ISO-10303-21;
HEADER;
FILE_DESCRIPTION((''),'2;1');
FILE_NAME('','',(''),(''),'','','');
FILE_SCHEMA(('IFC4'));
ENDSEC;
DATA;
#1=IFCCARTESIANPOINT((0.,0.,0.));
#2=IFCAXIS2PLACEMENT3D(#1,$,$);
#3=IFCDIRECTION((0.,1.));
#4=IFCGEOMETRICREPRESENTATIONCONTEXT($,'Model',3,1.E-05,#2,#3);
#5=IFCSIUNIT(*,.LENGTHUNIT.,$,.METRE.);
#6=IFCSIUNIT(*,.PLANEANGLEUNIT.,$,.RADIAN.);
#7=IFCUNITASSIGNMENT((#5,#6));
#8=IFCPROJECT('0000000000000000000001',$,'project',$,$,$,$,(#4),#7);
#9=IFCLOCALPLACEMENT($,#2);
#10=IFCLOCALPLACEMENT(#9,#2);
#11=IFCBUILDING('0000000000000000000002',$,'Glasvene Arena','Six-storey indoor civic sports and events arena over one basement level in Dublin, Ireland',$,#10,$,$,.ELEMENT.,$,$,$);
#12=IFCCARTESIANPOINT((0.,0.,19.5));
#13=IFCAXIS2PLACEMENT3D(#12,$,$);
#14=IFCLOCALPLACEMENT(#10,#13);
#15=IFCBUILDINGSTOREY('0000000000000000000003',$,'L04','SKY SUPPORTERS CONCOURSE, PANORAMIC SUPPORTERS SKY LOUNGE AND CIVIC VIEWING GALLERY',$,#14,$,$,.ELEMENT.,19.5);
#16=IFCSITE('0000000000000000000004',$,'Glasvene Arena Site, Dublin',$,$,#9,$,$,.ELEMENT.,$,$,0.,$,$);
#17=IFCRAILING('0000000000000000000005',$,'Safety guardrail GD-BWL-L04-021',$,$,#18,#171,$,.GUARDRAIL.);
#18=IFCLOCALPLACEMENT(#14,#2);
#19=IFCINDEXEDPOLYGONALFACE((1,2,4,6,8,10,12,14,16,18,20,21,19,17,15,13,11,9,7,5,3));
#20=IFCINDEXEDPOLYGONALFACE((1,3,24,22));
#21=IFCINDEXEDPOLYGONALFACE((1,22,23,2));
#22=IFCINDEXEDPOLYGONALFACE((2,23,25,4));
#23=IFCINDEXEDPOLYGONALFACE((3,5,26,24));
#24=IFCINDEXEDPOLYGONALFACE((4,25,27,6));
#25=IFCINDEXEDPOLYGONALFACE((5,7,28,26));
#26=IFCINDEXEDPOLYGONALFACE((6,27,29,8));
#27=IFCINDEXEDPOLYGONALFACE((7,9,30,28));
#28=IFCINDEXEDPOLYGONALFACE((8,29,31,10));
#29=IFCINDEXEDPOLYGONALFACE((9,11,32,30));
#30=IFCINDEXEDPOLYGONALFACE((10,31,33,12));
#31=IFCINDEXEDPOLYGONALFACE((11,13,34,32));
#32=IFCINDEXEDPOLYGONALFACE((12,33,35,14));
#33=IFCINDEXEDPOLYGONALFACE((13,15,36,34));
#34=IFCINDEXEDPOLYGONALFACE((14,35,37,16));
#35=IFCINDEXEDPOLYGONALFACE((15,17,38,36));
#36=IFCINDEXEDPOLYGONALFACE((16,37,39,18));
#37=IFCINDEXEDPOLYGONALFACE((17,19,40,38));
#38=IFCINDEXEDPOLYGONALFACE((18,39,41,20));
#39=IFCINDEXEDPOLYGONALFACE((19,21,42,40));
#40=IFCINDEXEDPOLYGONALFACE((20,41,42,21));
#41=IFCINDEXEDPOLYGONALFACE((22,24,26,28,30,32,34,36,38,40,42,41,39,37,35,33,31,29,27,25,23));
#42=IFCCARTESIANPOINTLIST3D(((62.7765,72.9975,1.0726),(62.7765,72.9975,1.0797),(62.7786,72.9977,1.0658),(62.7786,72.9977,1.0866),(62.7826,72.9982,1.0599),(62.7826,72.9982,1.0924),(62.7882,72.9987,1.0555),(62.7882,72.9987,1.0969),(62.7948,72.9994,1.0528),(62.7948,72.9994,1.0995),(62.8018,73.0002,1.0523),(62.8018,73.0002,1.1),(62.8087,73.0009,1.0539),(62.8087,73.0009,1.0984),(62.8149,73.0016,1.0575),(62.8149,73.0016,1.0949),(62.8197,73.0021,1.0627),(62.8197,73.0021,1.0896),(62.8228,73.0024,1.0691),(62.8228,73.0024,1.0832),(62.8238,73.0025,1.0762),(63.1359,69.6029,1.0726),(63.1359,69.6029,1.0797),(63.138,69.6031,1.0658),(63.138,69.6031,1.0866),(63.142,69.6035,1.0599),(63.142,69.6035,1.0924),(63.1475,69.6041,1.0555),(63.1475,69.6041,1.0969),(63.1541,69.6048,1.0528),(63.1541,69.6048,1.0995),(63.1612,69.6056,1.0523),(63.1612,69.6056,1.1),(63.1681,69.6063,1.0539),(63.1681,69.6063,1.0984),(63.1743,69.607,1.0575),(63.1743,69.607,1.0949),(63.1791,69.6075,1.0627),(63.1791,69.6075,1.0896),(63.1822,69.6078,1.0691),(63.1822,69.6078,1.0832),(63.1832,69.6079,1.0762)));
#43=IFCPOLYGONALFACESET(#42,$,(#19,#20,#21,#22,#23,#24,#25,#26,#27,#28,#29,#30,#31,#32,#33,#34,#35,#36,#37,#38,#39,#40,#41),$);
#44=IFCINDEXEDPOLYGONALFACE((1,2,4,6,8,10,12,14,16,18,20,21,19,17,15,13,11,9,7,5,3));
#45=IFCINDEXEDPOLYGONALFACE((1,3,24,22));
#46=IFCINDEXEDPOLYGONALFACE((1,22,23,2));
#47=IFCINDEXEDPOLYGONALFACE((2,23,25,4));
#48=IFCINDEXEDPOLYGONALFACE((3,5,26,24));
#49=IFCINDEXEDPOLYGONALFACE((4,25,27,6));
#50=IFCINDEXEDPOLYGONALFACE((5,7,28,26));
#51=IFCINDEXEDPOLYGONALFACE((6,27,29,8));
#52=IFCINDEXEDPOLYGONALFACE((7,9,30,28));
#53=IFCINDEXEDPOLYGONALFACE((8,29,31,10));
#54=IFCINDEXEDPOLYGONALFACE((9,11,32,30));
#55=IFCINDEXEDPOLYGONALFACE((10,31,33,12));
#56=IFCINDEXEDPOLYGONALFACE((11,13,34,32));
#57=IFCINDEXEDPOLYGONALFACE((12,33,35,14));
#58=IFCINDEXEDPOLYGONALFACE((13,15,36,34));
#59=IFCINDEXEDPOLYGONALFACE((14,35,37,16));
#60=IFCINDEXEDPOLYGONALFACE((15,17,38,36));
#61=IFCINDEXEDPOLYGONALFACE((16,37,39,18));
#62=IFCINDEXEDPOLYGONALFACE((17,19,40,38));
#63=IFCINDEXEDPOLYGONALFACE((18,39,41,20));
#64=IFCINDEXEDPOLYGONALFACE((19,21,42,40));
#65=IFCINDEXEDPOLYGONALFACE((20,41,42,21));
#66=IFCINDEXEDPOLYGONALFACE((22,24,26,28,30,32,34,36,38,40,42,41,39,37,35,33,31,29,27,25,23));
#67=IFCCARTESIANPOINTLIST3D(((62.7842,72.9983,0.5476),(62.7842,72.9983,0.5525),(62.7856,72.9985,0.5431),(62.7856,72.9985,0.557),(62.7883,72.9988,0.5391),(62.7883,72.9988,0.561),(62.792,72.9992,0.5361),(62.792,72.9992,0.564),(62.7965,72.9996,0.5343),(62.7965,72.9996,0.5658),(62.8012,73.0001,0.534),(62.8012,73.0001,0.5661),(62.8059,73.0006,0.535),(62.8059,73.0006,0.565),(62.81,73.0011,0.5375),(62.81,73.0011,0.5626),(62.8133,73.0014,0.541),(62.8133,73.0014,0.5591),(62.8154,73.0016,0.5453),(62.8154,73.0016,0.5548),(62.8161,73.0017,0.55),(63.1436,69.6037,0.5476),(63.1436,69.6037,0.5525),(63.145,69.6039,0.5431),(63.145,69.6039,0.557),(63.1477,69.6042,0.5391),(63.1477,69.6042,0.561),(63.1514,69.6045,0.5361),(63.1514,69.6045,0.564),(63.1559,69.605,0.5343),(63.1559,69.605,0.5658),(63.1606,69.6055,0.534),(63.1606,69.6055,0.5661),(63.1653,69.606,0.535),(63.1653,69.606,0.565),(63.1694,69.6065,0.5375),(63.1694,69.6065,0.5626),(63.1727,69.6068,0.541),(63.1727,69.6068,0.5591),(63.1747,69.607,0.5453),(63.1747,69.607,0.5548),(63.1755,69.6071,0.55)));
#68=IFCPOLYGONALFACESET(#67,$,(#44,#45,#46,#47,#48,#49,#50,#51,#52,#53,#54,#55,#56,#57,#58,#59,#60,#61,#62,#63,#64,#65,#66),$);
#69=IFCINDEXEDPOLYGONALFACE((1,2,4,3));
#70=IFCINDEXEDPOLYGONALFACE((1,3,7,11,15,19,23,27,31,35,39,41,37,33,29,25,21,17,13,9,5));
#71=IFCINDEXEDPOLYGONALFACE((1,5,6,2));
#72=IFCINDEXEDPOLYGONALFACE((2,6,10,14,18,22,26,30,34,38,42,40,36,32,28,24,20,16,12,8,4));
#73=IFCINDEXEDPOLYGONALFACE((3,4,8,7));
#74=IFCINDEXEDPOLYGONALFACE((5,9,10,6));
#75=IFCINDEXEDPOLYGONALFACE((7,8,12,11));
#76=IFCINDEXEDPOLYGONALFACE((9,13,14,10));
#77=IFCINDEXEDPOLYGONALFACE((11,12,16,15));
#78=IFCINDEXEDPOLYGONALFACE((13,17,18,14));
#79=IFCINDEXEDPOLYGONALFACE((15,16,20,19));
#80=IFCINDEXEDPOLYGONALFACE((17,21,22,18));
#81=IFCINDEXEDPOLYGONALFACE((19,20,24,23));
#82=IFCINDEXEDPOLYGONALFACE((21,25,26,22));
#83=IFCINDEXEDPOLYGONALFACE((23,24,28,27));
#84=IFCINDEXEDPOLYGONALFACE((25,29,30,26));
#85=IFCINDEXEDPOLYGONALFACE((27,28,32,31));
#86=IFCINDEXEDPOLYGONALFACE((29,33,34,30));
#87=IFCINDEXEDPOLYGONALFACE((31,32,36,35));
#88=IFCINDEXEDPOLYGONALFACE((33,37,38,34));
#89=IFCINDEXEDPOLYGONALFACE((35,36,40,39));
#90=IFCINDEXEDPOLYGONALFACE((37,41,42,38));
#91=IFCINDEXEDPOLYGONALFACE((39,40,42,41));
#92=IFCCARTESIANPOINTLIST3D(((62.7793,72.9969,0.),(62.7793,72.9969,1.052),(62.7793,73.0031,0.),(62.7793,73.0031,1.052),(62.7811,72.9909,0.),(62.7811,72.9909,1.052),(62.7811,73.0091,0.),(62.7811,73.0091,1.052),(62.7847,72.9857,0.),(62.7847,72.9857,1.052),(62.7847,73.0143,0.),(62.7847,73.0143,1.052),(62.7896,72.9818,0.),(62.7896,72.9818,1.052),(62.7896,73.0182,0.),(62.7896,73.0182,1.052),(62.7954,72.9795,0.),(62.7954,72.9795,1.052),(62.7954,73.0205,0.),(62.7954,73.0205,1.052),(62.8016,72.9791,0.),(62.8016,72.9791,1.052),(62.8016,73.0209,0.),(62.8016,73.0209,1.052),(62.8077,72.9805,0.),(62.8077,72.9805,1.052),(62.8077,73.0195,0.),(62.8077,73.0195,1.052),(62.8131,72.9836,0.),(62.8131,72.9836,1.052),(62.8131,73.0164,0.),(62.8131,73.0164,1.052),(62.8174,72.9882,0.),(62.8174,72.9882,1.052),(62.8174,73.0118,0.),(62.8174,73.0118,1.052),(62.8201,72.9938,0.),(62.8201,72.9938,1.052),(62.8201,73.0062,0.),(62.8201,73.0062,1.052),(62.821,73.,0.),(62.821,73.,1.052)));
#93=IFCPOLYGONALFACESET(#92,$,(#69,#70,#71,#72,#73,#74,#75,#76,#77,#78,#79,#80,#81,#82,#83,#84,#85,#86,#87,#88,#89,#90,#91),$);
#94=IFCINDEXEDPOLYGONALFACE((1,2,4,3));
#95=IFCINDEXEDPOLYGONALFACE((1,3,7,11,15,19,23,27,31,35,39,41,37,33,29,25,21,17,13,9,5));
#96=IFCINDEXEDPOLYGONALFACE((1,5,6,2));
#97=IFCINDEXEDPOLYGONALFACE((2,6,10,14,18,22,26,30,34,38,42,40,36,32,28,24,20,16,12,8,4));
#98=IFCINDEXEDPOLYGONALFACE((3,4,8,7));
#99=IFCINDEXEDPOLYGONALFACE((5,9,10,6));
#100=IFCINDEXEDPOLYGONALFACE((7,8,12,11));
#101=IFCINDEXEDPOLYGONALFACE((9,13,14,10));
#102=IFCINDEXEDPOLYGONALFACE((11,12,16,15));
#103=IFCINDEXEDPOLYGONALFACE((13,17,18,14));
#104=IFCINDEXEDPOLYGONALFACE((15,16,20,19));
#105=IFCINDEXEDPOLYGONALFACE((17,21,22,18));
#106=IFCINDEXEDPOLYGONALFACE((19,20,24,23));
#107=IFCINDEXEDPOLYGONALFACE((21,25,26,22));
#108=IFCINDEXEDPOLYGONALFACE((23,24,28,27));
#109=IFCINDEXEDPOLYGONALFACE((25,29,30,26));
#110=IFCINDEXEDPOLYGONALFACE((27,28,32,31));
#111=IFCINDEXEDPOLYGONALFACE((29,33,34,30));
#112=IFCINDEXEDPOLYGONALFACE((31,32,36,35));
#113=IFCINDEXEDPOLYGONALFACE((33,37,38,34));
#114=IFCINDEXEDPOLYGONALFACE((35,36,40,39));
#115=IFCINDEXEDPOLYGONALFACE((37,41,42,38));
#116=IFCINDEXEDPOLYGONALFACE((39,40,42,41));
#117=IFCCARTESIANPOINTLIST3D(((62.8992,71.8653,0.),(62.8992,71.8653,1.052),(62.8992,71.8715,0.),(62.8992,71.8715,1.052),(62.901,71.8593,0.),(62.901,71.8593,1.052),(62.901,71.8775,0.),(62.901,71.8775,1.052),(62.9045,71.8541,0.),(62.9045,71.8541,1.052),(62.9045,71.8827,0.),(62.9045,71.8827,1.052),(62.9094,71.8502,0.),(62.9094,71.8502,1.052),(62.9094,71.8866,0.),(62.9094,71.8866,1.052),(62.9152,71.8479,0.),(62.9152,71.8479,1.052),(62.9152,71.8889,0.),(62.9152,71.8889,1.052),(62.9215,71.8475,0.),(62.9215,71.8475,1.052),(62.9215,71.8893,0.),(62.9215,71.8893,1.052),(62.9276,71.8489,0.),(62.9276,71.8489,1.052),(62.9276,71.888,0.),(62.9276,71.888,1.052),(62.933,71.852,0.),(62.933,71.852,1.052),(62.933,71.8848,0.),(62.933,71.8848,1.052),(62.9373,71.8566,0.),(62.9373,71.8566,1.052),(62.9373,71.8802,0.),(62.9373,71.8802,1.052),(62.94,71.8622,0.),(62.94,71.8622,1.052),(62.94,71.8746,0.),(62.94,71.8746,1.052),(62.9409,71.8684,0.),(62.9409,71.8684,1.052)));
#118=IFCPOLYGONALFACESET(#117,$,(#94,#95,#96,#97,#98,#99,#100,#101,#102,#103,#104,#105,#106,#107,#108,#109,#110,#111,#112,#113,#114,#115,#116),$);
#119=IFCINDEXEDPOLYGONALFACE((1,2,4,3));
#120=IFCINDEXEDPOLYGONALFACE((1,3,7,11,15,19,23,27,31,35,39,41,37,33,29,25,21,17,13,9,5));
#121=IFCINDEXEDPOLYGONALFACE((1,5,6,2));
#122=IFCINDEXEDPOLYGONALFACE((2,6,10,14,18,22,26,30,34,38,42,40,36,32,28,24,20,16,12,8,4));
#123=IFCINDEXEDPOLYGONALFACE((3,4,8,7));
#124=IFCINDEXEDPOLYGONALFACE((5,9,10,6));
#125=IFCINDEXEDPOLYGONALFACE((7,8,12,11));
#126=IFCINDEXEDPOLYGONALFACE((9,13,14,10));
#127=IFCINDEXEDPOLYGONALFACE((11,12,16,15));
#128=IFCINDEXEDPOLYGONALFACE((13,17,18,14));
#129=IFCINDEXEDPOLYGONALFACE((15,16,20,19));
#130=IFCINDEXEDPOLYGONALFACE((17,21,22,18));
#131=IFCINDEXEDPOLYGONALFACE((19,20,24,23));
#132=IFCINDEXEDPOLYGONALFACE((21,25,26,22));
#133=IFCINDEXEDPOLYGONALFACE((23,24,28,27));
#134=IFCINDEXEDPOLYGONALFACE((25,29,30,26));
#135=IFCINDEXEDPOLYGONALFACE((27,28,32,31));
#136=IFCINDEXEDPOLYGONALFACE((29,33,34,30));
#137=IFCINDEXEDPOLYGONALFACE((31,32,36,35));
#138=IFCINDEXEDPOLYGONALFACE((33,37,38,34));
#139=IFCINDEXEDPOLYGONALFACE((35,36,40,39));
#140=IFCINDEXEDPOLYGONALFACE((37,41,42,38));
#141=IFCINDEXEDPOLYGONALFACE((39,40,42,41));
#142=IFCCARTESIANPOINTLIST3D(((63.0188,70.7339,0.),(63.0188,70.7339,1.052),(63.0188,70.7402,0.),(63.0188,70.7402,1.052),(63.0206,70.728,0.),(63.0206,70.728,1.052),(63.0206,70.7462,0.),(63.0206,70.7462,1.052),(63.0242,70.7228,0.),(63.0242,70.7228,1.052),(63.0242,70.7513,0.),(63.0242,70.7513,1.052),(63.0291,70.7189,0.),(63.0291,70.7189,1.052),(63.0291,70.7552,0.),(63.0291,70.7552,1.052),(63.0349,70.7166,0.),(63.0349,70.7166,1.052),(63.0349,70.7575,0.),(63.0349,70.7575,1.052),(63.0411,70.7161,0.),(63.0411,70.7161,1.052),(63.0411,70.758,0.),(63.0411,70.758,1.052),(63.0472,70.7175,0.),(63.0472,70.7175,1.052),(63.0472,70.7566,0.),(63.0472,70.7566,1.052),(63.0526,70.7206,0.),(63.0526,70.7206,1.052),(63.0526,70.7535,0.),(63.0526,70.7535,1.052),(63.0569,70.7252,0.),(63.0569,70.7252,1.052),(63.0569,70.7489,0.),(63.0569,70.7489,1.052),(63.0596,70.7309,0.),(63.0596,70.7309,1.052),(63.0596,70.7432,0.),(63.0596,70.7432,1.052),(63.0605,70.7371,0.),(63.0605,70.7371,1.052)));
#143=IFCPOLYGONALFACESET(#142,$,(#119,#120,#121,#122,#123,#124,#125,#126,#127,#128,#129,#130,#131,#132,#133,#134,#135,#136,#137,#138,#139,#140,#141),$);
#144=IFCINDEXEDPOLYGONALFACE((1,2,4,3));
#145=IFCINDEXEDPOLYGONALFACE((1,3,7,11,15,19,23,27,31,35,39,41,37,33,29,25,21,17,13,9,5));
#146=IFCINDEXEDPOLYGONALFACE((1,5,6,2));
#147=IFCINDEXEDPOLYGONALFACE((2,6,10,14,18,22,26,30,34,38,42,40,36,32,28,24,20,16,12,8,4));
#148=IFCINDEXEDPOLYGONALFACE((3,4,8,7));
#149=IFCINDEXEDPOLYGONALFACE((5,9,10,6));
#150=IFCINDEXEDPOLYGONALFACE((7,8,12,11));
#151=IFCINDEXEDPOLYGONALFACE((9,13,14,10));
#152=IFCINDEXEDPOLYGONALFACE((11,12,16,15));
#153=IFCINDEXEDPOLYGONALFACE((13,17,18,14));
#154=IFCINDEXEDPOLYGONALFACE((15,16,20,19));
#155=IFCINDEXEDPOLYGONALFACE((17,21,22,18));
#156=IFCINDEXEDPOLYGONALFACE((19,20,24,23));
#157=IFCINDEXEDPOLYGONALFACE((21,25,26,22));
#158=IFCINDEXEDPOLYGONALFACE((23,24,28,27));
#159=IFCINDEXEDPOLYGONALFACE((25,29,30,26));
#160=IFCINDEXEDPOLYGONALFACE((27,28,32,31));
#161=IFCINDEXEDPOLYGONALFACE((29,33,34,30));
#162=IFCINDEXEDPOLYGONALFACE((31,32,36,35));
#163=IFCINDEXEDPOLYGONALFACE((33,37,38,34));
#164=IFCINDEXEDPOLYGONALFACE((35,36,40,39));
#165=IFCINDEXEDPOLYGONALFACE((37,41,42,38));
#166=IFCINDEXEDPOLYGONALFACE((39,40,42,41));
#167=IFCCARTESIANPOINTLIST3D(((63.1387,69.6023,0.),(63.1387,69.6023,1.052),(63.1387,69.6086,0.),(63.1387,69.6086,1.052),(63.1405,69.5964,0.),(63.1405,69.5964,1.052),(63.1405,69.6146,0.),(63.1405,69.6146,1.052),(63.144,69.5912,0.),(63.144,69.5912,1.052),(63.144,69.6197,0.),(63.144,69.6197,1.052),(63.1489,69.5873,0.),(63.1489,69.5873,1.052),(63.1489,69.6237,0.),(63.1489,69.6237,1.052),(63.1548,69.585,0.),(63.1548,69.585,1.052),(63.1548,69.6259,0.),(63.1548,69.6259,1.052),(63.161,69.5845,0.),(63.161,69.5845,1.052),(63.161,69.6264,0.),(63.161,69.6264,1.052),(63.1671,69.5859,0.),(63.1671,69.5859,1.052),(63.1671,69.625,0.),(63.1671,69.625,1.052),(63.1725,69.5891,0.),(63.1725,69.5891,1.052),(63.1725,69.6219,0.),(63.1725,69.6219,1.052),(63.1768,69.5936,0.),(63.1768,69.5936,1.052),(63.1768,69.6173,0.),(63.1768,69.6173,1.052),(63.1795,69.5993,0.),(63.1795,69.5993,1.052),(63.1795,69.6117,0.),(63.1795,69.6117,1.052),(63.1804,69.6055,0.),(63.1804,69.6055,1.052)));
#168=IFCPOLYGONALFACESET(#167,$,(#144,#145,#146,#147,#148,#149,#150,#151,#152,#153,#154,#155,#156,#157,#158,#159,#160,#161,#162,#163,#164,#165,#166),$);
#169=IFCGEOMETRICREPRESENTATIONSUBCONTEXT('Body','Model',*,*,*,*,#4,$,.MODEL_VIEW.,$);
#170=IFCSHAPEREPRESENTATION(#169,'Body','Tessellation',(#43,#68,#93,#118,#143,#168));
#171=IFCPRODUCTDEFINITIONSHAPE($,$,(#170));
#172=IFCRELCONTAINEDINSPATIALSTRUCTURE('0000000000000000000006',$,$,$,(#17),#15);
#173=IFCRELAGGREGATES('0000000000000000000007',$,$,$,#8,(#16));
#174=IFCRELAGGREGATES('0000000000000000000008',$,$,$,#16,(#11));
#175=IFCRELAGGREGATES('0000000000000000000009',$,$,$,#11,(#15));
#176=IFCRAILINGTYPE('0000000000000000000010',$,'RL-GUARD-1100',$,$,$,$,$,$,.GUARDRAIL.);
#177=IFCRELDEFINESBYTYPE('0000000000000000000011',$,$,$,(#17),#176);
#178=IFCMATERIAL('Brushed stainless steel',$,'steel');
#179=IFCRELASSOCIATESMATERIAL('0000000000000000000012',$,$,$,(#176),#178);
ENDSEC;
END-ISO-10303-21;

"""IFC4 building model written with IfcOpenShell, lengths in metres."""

from ifc_helpers import new_model, si_unit, direction, frame, origin, origin_2d, place, context, subcontext, project, spatial, circle, extrude, material, type_object, element, save


model = new_model("IFC4")

# Units and contexts
model_context = context("Model", 3, precision=1e-05, world=origin(), true_north=direction((0.0, 1.0)))
body_context = subcontext(model_context, "Body", "Model", "MODEL_VIEW")
ifc_project = project(units=[si_unit("LENGTHUNIT", "METRE"), si_unit("PLANEANGLEUNIT", "RADIAN")], contexts=[model_context])

# Site, building, storey
site_placement = place(None, origin())
site = spatial("IfcSite", under=ifc_project, at=site_placement, Name="Glasvene Arena Site, Dublin", CompositionType="ELEMENT", RefElevation=0.0)
building_placement = place(site_placement, origin())
building = spatial("IfcBuilding", under=site, at=building_placement, Name="Glasvene Arena", Description="Six-storey indoor civic sports and events arena over one basement level in Dublin, Ireland", CompositionType="ELEMENT")
storey_placement = place(building_placement, frame((0.0, 0.0, 19.5)))
storey = spatial("IfcBuildingStorey", under=building, at=storey_placement, Name="L04", Description="SKY SUPPORTERS CONCOURSE, PANORAMIC SUPPORTERS SKY LOUNGE AND CIVIC VIEWING GALLERY", CompositionType="ELEMENT", Elevation=19.5)

# Railing
ifc_material_1 = material(Name="Brushed stainless steel", Category="steel")
railing_type = type_object("IfcRailingType", Name="RL-GUARD-1100", PredefinedType="GUARDRAIL", material=ifc_material_1)
railing_1_placement = place(storey_placement, frame((62.8, 73.0, 0.0)))
element("IfcRailing", 1, at=railing_1_placement, inside=storey, type_object=railing_type, Name="Safety guardrail GD-BWL-L04-021", PredefinedType="GUARDRAIL", context=body_context, shape_type="SweptSolid", body=[
    extrude(circle(Radius=0.0239, at=origin_2d()), frame((0.0, 0.0, 1.0762), z_axis=(0.10528, -0.994443, 0.0), x_axis=(0.994443, 0.10528, 0.0)), (0.0, 0.0, 1.0), 3.4136),
    extrude(circle(Radius=0.0161, at=origin_2d()), frame((0.0, 0.0, 0.55), z_axis=(0.10528, -0.994443, 0.0), x_axis=(0.994443, 0.10528, 0.0)), (0.0, 0.0, 1.0), 3.4136),
    extrude(circle(Radius=0.021, at=origin_2d()), origin(), (0.0, 0.0, 1.0), 1.052),
    extrude(circle(Radius=0.021, at=origin_2d()), frame((0.1199, -1.1316, 0.0)), (0.0, 0.0, 1.0), 1.052),
    extrude(circle(Radius=0.021, at=origin_2d()), frame((0.2395, -2.2629, 0.0)), (0.0, 0.0, 1.0), 1.052),
    extrude(circle(Radius=0.021, at=origin_2d()), frame((0.3594, -3.3945, 0.0)), (0.0, 0.0, 1.0), 1.052),
])

save(model, "model.ifc")
